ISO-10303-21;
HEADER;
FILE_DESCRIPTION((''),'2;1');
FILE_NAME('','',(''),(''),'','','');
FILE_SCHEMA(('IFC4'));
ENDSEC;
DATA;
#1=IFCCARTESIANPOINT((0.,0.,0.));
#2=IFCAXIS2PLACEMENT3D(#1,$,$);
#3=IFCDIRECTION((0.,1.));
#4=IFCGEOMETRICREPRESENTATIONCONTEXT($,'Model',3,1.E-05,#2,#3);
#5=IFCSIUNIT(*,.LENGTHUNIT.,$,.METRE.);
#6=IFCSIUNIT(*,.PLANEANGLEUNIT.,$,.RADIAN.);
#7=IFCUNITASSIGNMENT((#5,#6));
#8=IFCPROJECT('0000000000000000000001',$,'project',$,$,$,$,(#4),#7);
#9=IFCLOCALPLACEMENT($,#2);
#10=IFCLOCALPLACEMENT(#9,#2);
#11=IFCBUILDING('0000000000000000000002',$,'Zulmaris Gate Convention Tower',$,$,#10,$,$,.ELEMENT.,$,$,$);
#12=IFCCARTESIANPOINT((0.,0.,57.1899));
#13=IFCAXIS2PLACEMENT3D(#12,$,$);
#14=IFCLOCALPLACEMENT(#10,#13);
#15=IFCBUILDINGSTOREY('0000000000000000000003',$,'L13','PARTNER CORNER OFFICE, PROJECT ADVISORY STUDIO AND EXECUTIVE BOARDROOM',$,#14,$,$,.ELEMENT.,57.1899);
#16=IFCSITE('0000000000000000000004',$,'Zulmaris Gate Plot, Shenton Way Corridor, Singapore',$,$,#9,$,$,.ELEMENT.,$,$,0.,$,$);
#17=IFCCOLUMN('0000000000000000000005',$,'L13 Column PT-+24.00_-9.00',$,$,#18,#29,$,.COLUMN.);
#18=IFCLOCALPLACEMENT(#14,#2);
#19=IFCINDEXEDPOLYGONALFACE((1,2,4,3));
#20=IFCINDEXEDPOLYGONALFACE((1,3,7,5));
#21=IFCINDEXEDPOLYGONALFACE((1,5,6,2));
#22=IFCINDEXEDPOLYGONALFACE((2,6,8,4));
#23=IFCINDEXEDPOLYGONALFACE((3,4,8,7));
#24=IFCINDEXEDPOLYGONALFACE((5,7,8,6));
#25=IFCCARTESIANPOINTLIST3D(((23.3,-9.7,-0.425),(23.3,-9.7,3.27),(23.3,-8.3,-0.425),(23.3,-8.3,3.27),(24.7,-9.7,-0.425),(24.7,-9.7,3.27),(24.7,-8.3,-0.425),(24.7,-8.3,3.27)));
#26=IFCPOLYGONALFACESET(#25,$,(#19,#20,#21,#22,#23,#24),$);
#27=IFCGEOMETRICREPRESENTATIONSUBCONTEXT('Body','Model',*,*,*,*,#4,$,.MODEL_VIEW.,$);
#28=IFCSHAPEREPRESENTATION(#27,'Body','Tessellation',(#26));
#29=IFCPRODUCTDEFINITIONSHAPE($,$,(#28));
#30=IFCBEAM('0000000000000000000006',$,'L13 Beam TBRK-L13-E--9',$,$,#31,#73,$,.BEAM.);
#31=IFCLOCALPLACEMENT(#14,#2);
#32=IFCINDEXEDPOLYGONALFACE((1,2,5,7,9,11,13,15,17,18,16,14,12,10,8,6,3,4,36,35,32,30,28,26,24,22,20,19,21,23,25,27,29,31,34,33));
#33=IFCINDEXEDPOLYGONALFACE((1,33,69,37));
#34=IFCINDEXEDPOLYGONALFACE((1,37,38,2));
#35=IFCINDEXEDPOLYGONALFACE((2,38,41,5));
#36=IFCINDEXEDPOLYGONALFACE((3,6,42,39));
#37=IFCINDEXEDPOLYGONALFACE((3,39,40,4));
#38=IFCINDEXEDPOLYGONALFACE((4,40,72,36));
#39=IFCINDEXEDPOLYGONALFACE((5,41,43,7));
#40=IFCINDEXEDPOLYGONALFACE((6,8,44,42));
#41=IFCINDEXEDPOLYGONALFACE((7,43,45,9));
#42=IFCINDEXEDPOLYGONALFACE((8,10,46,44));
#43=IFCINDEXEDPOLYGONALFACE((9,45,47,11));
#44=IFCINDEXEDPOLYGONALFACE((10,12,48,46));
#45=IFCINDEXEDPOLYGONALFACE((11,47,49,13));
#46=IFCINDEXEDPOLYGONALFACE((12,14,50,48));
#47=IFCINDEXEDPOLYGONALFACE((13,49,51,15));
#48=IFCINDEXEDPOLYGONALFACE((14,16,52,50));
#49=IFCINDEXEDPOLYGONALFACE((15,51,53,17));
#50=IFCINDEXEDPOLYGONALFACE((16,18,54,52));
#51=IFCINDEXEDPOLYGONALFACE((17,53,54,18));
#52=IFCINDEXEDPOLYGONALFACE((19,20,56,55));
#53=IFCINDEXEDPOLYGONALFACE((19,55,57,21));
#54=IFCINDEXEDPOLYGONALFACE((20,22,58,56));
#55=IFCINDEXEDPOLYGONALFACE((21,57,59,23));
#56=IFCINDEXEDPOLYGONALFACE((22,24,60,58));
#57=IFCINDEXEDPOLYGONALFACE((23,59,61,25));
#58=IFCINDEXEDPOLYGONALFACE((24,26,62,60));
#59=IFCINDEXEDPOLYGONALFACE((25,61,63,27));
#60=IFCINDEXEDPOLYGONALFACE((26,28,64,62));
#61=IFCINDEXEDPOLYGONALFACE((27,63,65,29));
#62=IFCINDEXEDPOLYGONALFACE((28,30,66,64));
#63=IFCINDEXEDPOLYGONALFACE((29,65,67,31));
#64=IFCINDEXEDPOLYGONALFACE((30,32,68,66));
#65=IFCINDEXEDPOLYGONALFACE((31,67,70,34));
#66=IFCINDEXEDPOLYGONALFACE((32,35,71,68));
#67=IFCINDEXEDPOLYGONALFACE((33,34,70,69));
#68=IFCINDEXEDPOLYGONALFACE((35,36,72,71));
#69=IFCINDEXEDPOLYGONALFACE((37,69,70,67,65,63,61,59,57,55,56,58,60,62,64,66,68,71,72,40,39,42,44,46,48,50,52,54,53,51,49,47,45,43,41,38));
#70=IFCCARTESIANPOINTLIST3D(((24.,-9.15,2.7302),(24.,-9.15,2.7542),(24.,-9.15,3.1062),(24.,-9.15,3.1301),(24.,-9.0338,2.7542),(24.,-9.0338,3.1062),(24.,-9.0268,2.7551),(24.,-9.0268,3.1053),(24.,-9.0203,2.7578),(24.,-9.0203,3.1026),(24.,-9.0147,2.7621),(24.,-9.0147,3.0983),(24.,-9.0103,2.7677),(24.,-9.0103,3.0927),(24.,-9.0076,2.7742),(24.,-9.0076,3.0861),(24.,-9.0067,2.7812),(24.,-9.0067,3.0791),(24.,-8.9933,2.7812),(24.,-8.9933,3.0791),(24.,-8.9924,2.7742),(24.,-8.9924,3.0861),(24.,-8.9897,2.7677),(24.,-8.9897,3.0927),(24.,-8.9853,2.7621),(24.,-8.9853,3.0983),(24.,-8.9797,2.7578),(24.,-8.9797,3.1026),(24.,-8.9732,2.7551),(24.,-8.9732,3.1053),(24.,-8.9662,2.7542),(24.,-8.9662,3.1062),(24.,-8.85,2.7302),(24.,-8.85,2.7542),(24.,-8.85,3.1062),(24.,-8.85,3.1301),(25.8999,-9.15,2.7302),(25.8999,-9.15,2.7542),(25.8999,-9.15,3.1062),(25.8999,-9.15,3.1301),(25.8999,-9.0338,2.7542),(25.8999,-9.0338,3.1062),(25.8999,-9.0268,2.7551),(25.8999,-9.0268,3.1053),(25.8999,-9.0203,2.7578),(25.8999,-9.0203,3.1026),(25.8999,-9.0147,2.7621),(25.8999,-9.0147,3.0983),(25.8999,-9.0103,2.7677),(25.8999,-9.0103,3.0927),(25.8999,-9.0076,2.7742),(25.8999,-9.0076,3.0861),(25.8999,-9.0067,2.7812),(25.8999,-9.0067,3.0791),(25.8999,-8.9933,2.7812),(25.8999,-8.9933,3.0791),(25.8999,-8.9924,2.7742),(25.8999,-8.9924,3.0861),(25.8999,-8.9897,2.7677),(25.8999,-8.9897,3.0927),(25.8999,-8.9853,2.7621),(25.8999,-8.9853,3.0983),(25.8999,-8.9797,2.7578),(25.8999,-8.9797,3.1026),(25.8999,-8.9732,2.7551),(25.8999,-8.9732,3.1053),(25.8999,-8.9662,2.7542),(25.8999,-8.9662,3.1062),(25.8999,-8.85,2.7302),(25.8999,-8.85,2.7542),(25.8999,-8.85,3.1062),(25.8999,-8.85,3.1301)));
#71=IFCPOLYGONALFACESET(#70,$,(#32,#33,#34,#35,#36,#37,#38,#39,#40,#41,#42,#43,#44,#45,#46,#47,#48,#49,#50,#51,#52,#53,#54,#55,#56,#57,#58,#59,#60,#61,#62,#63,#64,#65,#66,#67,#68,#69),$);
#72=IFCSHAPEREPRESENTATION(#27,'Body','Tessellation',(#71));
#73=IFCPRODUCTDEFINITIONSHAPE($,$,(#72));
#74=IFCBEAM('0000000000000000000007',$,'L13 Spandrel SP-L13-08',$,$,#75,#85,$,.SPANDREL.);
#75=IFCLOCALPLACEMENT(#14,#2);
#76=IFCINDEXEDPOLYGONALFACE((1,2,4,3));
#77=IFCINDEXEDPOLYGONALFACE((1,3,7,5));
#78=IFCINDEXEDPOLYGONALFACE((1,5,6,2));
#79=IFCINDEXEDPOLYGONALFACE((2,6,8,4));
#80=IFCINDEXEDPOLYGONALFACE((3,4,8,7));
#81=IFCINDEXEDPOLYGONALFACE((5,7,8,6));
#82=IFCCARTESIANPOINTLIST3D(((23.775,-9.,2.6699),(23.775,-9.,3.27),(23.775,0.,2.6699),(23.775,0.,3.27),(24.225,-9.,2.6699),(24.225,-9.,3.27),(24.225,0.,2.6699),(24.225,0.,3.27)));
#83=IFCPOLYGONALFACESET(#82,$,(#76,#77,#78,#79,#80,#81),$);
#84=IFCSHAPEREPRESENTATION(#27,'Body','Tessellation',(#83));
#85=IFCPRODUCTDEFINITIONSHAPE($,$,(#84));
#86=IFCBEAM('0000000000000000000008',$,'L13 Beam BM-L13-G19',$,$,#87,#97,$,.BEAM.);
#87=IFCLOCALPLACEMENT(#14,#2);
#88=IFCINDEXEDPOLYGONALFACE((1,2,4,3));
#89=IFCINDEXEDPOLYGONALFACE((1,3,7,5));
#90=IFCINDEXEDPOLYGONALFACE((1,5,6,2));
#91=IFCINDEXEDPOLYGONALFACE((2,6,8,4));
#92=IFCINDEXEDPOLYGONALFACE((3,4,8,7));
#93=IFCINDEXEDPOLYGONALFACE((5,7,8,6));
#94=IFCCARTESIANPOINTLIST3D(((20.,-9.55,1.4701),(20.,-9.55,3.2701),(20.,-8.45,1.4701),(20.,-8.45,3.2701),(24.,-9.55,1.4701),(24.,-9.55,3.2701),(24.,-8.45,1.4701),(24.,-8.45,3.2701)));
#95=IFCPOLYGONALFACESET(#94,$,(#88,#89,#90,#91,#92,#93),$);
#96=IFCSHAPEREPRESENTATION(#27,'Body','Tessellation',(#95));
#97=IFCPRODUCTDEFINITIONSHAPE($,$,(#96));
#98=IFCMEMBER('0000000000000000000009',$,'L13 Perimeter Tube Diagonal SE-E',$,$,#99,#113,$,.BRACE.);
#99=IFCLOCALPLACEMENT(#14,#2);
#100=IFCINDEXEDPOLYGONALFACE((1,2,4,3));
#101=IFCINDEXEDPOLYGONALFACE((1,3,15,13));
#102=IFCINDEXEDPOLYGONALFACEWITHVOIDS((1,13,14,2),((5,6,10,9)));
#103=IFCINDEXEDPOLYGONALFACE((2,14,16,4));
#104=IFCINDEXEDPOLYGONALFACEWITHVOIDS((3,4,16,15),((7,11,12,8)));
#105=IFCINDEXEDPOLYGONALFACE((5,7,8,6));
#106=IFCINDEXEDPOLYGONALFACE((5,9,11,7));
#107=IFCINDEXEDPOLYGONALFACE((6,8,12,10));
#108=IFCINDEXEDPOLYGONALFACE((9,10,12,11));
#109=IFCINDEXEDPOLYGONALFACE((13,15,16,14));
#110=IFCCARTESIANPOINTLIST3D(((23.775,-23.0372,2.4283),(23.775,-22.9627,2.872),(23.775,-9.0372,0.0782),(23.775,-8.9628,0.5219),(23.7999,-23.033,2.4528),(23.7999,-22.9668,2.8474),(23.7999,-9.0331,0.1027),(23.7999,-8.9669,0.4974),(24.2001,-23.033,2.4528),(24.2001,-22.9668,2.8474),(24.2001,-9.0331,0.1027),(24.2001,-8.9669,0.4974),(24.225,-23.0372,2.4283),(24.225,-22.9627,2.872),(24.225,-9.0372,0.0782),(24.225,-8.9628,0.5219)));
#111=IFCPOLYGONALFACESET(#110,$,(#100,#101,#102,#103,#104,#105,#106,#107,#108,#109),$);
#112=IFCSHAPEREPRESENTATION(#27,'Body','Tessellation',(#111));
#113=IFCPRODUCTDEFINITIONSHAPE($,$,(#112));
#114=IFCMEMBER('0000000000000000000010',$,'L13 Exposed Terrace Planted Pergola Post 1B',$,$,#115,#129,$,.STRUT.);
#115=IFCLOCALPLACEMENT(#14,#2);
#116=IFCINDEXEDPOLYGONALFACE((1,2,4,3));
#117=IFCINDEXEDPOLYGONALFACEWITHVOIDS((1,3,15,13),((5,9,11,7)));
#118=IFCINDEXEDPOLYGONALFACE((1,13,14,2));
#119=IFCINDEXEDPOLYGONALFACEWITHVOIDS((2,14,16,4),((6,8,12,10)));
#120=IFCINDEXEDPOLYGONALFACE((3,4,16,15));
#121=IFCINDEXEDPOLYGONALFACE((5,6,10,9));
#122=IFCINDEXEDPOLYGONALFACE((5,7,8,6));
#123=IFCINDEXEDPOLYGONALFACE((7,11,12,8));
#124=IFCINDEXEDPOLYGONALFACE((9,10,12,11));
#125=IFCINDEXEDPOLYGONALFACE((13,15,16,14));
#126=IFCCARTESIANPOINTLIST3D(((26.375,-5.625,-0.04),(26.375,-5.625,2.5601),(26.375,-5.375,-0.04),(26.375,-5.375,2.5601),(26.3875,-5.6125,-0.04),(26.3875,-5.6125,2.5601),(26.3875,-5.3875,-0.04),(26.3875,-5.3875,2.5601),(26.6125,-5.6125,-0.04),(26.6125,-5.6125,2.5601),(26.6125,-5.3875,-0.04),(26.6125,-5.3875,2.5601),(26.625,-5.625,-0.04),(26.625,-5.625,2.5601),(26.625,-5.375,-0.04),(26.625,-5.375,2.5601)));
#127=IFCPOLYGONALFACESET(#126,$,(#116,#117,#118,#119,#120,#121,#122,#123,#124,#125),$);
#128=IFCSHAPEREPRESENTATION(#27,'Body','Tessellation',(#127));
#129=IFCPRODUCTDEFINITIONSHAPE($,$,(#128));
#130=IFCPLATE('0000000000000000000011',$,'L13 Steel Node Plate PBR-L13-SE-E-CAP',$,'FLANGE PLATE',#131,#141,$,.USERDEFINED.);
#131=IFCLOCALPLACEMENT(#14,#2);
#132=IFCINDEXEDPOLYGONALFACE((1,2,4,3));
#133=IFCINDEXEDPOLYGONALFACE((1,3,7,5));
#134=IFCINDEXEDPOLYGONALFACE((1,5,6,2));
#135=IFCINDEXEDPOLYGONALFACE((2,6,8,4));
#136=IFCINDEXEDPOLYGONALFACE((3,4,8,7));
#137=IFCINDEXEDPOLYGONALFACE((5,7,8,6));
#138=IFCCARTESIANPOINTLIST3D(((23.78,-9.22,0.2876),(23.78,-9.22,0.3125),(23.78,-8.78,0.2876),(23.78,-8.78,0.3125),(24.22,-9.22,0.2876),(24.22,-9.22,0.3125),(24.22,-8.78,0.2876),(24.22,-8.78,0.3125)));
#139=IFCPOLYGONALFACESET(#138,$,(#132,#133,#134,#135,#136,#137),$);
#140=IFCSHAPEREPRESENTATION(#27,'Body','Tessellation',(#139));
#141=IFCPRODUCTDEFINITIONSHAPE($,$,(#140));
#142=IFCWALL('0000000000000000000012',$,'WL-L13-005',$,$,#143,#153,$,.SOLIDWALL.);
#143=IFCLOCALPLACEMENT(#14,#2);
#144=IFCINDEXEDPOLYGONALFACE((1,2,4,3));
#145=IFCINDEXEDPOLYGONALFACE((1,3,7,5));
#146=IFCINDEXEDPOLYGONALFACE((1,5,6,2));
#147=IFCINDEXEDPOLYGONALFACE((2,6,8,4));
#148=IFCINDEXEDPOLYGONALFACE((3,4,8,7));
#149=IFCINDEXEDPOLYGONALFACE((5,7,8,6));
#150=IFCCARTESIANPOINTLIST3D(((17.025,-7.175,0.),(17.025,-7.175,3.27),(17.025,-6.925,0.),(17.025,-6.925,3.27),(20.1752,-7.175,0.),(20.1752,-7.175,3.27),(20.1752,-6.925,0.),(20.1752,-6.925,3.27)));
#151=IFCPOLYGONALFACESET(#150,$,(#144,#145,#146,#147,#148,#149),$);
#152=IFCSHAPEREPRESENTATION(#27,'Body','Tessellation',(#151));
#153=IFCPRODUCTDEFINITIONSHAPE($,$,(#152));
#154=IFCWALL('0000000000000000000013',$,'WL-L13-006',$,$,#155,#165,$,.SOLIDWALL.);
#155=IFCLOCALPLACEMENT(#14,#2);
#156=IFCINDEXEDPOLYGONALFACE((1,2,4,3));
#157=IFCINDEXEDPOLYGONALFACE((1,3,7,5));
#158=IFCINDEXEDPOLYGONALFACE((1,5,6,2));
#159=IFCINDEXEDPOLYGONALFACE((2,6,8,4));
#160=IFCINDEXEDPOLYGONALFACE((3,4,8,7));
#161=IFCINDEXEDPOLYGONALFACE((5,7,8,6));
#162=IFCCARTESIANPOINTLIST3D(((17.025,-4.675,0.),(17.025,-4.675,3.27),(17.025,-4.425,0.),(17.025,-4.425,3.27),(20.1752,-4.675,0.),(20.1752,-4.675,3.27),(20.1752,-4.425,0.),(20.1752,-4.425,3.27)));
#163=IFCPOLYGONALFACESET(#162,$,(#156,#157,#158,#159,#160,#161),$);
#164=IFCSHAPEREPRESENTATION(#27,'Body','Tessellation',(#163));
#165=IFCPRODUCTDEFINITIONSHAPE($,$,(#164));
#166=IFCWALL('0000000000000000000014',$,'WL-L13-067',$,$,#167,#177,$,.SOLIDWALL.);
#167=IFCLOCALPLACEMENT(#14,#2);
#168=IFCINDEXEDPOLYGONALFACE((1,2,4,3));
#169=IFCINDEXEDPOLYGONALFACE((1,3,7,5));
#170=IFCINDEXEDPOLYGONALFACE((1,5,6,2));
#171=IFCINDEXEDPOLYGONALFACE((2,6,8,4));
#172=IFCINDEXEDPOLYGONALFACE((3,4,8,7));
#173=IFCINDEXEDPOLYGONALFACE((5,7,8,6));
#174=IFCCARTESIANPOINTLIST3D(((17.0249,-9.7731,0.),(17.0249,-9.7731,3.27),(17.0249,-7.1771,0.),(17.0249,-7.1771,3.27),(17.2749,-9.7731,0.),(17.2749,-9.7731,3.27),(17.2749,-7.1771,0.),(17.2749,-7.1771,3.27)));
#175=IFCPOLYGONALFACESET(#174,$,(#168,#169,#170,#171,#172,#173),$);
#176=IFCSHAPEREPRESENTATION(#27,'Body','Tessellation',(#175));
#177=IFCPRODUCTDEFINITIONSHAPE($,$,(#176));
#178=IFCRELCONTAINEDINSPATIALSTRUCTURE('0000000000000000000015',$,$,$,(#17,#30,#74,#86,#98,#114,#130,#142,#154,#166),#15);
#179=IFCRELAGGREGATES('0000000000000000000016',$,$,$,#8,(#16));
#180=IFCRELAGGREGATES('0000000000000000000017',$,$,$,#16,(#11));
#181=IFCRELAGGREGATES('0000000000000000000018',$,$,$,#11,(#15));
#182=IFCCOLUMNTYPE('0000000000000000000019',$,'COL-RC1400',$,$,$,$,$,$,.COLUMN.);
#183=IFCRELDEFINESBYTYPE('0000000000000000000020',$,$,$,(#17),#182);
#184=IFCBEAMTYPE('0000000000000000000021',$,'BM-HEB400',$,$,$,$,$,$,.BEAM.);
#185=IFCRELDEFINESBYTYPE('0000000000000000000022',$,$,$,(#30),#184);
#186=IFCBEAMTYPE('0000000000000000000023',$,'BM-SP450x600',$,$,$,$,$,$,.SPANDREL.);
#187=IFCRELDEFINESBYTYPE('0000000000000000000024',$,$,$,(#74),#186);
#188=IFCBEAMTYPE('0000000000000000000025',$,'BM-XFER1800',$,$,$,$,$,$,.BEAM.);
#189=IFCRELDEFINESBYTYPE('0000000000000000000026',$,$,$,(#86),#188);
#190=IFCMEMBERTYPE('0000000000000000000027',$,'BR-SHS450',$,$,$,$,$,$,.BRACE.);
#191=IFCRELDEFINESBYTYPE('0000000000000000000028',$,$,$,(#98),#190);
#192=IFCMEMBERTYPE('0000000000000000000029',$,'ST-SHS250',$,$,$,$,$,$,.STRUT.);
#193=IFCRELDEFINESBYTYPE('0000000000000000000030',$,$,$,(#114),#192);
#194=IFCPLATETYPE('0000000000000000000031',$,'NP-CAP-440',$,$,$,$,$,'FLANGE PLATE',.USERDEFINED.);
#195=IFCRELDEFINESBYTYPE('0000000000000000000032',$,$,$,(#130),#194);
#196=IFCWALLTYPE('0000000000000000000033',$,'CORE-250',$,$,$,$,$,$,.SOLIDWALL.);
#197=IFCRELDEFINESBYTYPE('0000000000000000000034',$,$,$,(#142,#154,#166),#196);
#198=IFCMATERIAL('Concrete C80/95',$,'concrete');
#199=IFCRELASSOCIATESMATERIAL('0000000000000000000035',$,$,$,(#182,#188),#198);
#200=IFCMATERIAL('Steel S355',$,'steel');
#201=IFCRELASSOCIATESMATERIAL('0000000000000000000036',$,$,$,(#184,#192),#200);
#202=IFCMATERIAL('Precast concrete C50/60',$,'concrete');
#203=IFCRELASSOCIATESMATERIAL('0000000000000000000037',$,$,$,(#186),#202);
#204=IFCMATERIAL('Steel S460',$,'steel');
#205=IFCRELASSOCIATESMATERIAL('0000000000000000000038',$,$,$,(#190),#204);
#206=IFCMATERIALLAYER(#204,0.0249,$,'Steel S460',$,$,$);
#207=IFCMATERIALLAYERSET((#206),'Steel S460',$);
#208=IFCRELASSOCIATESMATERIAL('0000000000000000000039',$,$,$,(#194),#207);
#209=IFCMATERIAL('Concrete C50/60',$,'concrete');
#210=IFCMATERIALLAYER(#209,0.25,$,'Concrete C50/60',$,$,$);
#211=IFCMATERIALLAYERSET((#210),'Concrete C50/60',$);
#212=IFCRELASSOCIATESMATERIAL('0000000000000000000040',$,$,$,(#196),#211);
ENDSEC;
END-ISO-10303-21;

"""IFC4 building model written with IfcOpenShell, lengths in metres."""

from ifc_helpers import new_model, si_unit, direction, frame, frame_2d, origin, origin_2d, place, context, subcontext, project, spatial, rectangle, hollow_rectangle, i_section, extrude, material, layer, layer_set, material_profile, profile_set, type_object, element, save


model = new_model("IFC4")

# Units and contexts
model_context = context("Model", 3, precision=1e-05, world=origin(), true_north=direction((0.0, 1.0)))
body_context = subcontext(model_context, "Body", "Model", "MODEL_VIEW")
ifc_project = project(units=[si_unit("LENGTHUNIT", "METRE"), si_unit("PLANEANGLEUNIT", "RADIAN")], contexts=[model_context])

# Site, building, storey
site_placement = place(None, origin())
site = spatial("IfcSite", under=ifc_project, at=site_placement, Name="Zulmaris Gate Plot, Shenton Way Corridor, Singapore", CompositionType="ELEMENT", RefElevation=0.0)
building_placement = place(site_placement, origin())
building = spatial("IfcBuilding", under=site, at=building_placement, Name="Zulmaris Gate Convention Tower", CompositionType="ELEMENT")
storey_placement = place(building_placement, frame((0.0, 0.0, 57.1899)))
storey = spatial("IfcBuildingStorey", under=building, at=storey_placement, Name="L13", Description="PARTNER CORNER OFFICE, PROJECT ADVISORY STUDIO AND EXECUTIVE BOARDROOM", CompositionType="ELEMENT", Elevation=57.1899)

# Column
ifc_material_1 = material(Name="Concrete C80/95", Category="concrete")
ifc_material_profile_1 = material_profile(ifc_material_1, rectangle(XDim=1.3999, YDim=1.3999, at=origin_2d()), Name="RC COL 1400x1400")
ifc_profile_set_1 = profile_set([ifc_material_profile_1], Name="Concrete C80/95")
column_type = type_object("IfcColumnType", Name="COL-RC1400", PredefinedType="COLUMN", material=ifc_profile_set_1)
column_placement = place(storey_placement, frame((24.0, -9.0, -0.425), z_axis=(0.0, 0.0, 1.0), x_axis=(1.0, 0.0, 0.0)))
element("IfcColumn", 1, at=column_placement, inside=storey, type_object=column_type, Name="L13 Column PT-+24.00_-9.00", PredefinedType="COLUMN", context=body_context, shape_type="SweptSolid", body=[
    extrude(rectangle(XDim=1.3999, YDim=1.3999, at=origin_2d()), origin(), (0.0, 0.0, 1.0), 3.6951),
])

# Beams
ifc_material_2 = material(Name="Steel S355", Category="steel")
ifc_material_profile_2 = material_profile(ifc_material_2, i_section(OverallWidth=0.3, OverallDepth=0.3999, WebThickness=0.0134, FlangeThickness=0.0239, FilletRadius=0.0271, at=origin_2d()), Name="HEB 400")
ifc_profile_set_2 = profile_set([ifc_material_profile_2], Name="Steel S355")
beam_type_1 = type_object("IfcBeamType", Name="BM-HEB400", PredefinedType="BEAM", material=ifc_profile_set_2)
beam_1_placement = place(storey_placement, frame((24.0, -9.0, 2.9302), z_axis=(1.0, 0.0, 0.0), x_axis=(0.0, 1.0, 0.0)))
element("IfcBeam", 2, at=beam_1_placement, inside=storey, type_object=beam_type_1, Name="L13 Beam TBRK-L13-E--9", PredefinedType="BEAM", context=body_context, shape_type="SweptSolid", body=[
    extrude(i_section(OverallWidth=0.3, OverallDepth=0.3999, WebThickness=0.0134, FlangeThickness=0.0239, FilletRadius=0.0271, at=origin_2d()), origin(), (0.0, 0.0, 1.0), 1.8999),
])
ifc_material_3 = material(Name="Precast concrete C50/60", Category="concrete")
ifc_material_profile_3 = material_profile(ifc_material_3, rectangle(XDim=0.45, YDim=0.6001, at=origin_2d()), Name="RC SPANDREL 450x600")
ifc_profile_set_3 = profile_set([ifc_material_profile_3], Name="Precast concrete C50/60")
beam_type_2 = type_object("IfcBeamType", Name="BM-SP450x600", PredefinedType="SPANDREL", material=ifc_profile_set_3)
beam_2_placement = place(storey_placement, frame((24.0, -9.0, 2.97), z_axis=(0.0, 1.0, 0.0), x_axis=(-1.0, 0.0, 0.0)))
element("IfcBeam", 3, at=beam_2_placement, inside=storey, type_object=beam_type_2, Name="L13 Spandrel SP-L13-08", PredefinedType="SPANDREL", context=body_context, shape_type="SweptSolid", body=[
    extrude(rectangle(XDim=0.45, YDim=0.6001, at=origin_2d()), origin(), (0.0, 0.0, 1.0), 9.0),
])
ifc_material_profile_4 = material_profile(ifc_material_1, rectangle(XDim=1.1001, YDim=1.8, at=origin_2d()), Name="RC TRANSFER 1100x1800")
ifc_profile_set_4 = profile_set([ifc_material_profile_4], Name="Concrete C80/95")
beam_type_3 = type_object("IfcBeamType", Name="BM-XFER1800", PredefinedType="BEAM", material=ifc_profile_set_4)
beam_3_placement = place(storey_placement, frame((20.0, -9.0, 2.3701), z_axis=(1.0, 0.0, 0.0), x_axis=(0.0, 1.0, 0.0)))
element("IfcBeam", 4, at=beam_3_placement, inside=storey, type_object=beam_type_3, Name="L13 Beam BM-L13-G19", PredefinedType="BEAM", context=body_context, shape_type="SweptSolid", body=[
    extrude(rectangle(XDim=1.1001, YDim=1.8, at=origin_2d()), origin(), (0.0, 0.0, 1.0), 4.0),
])

# Members
ifc_material_4 = material(Name="Steel S460", Category="steel")
ifc_material_profile_5 = material_profile(ifc_material_4, hollow_rectangle(XDim=0.45, YDim=0.45, WallThickness=0.0249, at=origin_2d()), Name="SHS 450x450x25")
ifc_profile_set_5 = profile_set([ifc_material_profile_5], Name="Steel S460")
member_type_1 = type_object("IfcMemberType", Name="BR-SHS450", PredefinedType="BRACE", material=ifc_profile_set_5)
member_1_placement = place(storey_placement, frame((24.0, -9.0, 0.3), z_axis=(0.0, -0.986202, 0.165548), x_axis=(1.0, 0.0, 0.0)))
element("IfcMember", 5, at=member_1_placement, inside=storey, type_object=member_type_1, Name="L13 Perimeter Tube Diagonal SE-E", PredefinedType="BRACE", context=body_context, shape_type="SweptSolid", body=[
    extrude(hollow_rectangle(XDim=0.45, YDim=0.45, WallThickness=0.0249, at=origin_2d()), origin(), (0.0, 0.0, 1.0), 14.1958),
])
ifc_material_profile_6 = material_profile(ifc_material_2, hollow_rectangle(XDim=0.25, YDim=0.25, WallThickness=0.0125, at=origin_2d()), Name="SHS 250x250x12.5")
ifc_profile_set_6 = profile_set([ifc_material_profile_6], Name="Steel S355")
member_type_2 = type_object("IfcMemberType", Name="ST-SHS250", PredefinedType="STRUT", material=ifc_profile_set_6)
member_2_placement = place(storey_placement, frame((26.5, -5.5, -0.04), z_axis=(0.0, 0.0, 1.0), x_axis=(1.0, 0.0, 0.0)))
element("IfcMember", 6, at=member_2_placement, inside=storey, type_object=member_type_2, Name="L13 Exposed Terrace Planted Pergola Post 1B", PredefinedType="STRUT", context=body_context, shape_type="SweptSolid", body=[
    extrude(hollow_rectangle(XDim=0.25, YDim=0.25, WallThickness=0.0125, at=origin_2d()), origin(), (0.0, 0.0, 1.0), 2.6001),
])

# Plate
ifc_layer_1 = layer(ifc_material_4, 0.0249, Name="Steel S460")
ifc_layer_set_1 = layer_set([ifc_layer_1], Name="Steel S460")
plate_type = type_object("IfcPlateType", Name="NP-CAP-440", ElementType="FLANGE PLATE", PredefinedType="USERDEFINED", material=ifc_layer_set_1)
plate_placement = place(storey_placement, frame((24.0, -9.0, 0.2876), z_axis=(0.0, 0.0, 1.0), x_axis=(1.0, 0.0, 0.0)))
element("IfcPlate", 7, at=plate_placement, inside=storey, type_object=plate_type, Name="L13 Steel Node Plate PBR-L13-SE-E-CAP", ObjectType="FLANGE PLATE", PredefinedType="USERDEFINED", context=body_context, shape_type="SweptSolid", body=[
    extrude(rectangle(XDim=0.4399, YDim=0.4399, at=origin_2d()), origin(), (0.0, 0.0, 1.0), 0.0249),
])

# Walls
ifc_material_5 = material(Name="Concrete C50/60", Category="concrete")
ifc_layer_2 = layer(ifc_material_5, 0.25, Name="Concrete C50/60")
ifc_layer_set_2 = layer_set([ifc_layer_2], Name="Concrete C50/60")
wall_type_1 = type_object("IfcWallType", Name="CORE-250", PredefinedType="SOLIDWALL", material=ifc_layer_set_2)
for number, where, z_axis, x_axis, name in (
    (8, (17.0249, -7.05, 0.0), (0.0, 0.0, 1.0), (1.0, 0.0, 0.0), "WL-L13-005"),
    (9, (17.0249, -4.55, 0.0), (0.0, 0.0, 1.0), (1.0, 0.0, 0.0), "WL-L13-006"),
):
    element("IfcWall", number, at=place(storey_placement, frame(where, z_axis=z_axis, x_axis=x_axis)), inside=storey, type_object=wall_type_1, Name=name, PredefinedType="SOLIDWALL", context=body_context, shape_type="SweptSolid", body=[
        extrude(rectangle(XDim=3.1501, YDim=0.25, at=frame_2d((1.5752, 0.0))), origin(), (0.0, 0.0, 1.0), 3.27),
    ])
wall_1_placement = place(storey_placement, frame((17.1499, -9.7729, 0.0), z_axis=(0.0, 0.0, 1.0), x_axis=(0.0, 1.0, 0.0)))
element("IfcWall", 10, at=wall_1_placement, inside=storey, type_object=wall_type_1, Name="WL-L13-067", PredefinedType="SOLIDWALL", context=body_context, shape_type="SweptSolid", body=[
    extrude(rectangle(XDim=2.5959, YDim=0.25, at=frame_2d((1.2979, 0.0))), origin(), (0.0, 0.0, 1.0), 3.27),
])

save(model, "model.ifc")
